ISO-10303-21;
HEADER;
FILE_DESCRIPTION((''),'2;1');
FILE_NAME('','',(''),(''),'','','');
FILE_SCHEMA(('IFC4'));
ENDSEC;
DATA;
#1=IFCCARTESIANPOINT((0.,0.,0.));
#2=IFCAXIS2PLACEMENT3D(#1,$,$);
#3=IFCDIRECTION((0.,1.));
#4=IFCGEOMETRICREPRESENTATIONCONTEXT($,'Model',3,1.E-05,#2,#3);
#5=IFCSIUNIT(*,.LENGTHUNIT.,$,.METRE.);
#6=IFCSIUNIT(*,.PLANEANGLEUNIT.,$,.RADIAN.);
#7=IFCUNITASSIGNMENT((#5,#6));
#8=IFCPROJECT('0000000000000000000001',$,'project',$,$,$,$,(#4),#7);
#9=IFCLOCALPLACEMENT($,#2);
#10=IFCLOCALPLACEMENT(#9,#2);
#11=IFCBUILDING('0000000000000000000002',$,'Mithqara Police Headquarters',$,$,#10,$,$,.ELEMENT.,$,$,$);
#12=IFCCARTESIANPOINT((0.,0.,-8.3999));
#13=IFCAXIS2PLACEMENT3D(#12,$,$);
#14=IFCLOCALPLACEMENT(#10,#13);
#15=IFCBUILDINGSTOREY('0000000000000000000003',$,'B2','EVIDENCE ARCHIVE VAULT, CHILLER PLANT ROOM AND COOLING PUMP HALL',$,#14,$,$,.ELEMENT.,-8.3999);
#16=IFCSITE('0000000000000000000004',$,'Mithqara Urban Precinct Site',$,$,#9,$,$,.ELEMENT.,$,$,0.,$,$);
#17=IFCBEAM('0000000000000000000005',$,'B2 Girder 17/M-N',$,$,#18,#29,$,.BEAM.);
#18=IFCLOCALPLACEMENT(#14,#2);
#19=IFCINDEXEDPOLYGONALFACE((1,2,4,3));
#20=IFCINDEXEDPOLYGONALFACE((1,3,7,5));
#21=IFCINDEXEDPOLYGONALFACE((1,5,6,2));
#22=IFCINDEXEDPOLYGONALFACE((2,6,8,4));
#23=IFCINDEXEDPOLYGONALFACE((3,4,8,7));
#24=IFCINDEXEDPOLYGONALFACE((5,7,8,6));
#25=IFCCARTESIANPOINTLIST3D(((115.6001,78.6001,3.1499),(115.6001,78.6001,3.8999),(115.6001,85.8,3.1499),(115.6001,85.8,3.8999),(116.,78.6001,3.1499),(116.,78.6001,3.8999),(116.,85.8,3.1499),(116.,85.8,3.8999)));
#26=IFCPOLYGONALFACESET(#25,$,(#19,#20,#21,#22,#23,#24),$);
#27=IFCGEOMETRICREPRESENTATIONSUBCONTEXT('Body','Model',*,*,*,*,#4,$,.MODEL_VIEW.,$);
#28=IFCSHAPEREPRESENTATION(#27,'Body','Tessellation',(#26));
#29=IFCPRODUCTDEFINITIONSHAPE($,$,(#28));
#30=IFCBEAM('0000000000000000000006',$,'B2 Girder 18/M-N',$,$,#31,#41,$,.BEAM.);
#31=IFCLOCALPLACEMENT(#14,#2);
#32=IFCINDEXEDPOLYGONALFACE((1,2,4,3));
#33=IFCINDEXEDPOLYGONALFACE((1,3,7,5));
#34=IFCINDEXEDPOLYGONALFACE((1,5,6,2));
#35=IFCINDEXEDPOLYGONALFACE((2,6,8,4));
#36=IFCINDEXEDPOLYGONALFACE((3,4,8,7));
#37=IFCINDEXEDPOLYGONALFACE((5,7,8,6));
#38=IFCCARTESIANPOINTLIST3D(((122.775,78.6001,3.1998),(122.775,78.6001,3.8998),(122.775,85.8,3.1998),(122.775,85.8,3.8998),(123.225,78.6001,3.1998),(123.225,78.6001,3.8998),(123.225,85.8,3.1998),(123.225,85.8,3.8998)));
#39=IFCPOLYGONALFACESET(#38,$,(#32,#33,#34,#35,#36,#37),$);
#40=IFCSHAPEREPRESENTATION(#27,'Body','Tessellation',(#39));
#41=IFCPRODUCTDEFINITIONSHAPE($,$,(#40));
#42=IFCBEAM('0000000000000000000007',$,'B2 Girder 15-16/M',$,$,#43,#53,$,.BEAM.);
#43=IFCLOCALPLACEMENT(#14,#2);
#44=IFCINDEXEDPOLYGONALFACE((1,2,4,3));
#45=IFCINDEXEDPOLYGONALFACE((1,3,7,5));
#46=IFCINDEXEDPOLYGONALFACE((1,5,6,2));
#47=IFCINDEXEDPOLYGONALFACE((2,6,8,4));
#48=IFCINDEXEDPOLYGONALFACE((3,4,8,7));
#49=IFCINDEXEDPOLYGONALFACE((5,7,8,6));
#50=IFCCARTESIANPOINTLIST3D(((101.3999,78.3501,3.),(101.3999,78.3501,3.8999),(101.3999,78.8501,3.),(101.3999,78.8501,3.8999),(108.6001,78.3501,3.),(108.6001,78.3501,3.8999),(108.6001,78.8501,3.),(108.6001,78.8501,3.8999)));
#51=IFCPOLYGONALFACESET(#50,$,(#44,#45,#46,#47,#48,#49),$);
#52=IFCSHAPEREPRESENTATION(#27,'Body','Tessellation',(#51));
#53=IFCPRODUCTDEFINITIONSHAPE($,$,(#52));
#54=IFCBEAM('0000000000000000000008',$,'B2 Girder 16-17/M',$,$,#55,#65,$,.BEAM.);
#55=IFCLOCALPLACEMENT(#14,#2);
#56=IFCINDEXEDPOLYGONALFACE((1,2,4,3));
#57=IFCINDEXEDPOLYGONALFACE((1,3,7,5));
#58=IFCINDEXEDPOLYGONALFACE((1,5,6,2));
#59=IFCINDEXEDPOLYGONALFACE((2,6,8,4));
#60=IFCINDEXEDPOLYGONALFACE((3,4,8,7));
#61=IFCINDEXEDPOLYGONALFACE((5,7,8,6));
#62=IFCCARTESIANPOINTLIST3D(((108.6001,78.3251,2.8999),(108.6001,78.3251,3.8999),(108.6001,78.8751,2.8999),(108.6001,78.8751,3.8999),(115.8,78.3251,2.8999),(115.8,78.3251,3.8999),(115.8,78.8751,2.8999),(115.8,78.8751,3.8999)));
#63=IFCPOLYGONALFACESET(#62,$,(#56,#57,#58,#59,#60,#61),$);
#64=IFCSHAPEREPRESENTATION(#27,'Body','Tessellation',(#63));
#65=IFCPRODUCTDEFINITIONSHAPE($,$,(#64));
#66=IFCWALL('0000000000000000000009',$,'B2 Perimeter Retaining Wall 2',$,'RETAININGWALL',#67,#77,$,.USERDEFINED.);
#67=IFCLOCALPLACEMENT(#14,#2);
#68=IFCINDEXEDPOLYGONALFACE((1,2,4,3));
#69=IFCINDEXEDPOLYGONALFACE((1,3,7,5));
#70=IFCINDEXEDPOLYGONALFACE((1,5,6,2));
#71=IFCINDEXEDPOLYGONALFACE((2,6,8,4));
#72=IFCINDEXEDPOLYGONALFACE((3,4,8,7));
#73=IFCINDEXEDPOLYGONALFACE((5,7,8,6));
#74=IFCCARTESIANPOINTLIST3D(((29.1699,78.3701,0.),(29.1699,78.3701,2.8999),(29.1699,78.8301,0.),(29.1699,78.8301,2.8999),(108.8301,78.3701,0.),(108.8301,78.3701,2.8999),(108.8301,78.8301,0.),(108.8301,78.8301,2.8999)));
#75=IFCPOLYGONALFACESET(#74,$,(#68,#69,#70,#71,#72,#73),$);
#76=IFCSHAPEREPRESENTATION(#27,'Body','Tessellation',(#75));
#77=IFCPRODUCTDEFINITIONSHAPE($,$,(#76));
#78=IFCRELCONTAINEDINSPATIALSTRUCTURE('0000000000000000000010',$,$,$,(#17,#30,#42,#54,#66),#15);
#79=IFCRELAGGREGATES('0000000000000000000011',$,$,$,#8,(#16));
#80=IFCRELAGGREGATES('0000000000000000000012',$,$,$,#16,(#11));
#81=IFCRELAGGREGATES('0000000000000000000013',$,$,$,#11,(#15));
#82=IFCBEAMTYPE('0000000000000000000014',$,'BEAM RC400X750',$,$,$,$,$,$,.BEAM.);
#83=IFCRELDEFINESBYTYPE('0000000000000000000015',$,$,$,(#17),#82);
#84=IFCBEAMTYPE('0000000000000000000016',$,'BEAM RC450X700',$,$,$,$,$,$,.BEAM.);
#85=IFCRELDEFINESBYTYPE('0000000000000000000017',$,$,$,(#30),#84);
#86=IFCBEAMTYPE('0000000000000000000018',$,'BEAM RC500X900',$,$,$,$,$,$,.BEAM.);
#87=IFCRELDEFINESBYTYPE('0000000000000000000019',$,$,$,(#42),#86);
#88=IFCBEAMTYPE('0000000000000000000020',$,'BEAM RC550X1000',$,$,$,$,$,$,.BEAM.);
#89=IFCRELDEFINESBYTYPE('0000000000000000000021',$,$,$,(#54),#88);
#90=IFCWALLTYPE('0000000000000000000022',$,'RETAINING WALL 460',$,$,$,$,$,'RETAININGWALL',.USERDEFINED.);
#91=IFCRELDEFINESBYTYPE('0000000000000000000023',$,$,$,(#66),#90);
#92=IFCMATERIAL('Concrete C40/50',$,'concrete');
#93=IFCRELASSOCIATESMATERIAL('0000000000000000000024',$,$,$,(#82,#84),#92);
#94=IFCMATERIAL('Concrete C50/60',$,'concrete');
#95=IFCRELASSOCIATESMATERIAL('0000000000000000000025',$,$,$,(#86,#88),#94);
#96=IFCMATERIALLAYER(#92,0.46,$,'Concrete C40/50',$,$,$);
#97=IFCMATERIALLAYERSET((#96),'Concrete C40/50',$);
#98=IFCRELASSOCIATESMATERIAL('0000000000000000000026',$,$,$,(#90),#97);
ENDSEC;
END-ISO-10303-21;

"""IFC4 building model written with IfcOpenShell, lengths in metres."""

from ifc_helpers import new_model, si_unit, direction, frame, frame_2d, origin, origin_2d, place, context, subcontext, project, spatial, rectangle, extrude, material, layer, layer_set, material_profile, profile_set, type_object, element, save


model = new_model("IFC4")

# Units and contexts
model_context = context("Model", 3, precision=1e-05, world=origin(), true_north=direction((0.0, 1.0)))
body_context = subcontext(model_context, "Body", "Model", "MODEL_VIEW")
ifc_project = project(units=[si_unit("LENGTHUNIT", "METRE"), si_unit("PLANEANGLEUNIT", "RADIAN")], contexts=[model_context])

# Site, building, storey
site_placement = place(None, origin())
site = spatial("IfcSite", under=ifc_project, at=site_placement, Name="Mithqara Urban Precinct Site", CompositionType="ELEMENT", RefElevation=0.0)
building_placement = place(site_placement, origin())
building = spatial("IfcBuilding", under=site, at=building_placement, Name="Mithqara Police Headquarters", CompositionType="ELEMENT")
storey_placement = place(building_placement, frame((0.0, 0.0, -8.3999)))
storey = spatial("IfcBuildingStorey", under=building, at=storey_placement, Name="B2", Description="EVIDENCE ARCHIVE VAULT, CHILLER PLANT ROOM AND COOLING PUMP HALL", CompositionType="ELEMENT", Elevation=-8.3999)

# Shared definitions
ifc_material_1 = material(Name="Concrete C40/50", Category="concrete")

# Shared definitions
ifc_material_2 = material(Name="Concrete C50/60", Category="concrete")

# Beams
ifc_material_profile_1 = material_profile(ifc_material_1, rectangle(XDim=0.3999, YDim=0.75, at=origin_2d()), Name="RC 400x750")
ifc_profile_set_1 = profile_set([ifc_material_profile_1], Name="Concrete C40/50")
beam_type_1 = type_object("IfcBeamType", Name="BEAM RC400X750", PredefinedType="BEAM", material=ifc_profile_set_1)
beam_1_placement = place(storey_placement, frame((115.8, 78.6001, 3.5249), z_axis=(0.0, 1.0, 0.0), x_axis=(-1.0, 0.0, 0.0)))
element("IfcBeam", 1, at=beam_1_placement, inside=storey, type_object=beam_type_1, Name="B2 Girder 17/M-N", PredefinedType="BEAM", context=body_context, shape_type="SweptSolid", body=[
    extrude(rectangle(XDim=0.3999, YDim=0.75, at=origin_2d()), origin(), (0.0, 0.0, 1.0), 7.2),
])
ifc_material_profile_2 = material_profile(ifc_material_1, rectangle(XDim=0.45, YDim=0.7, at=origin_2d()), Name="RC 450x700")
ifc_profile_set_2 = profile_set([ifc_material_profile_2], Name="Concrete C40/50")
beam_type_2 = type_object("IfcBeamType", Name="BEAM RC450X700", PredefinedType="BEAM", material=ifc_profile_set_2)
beam_2_placement = place(storey_placement, frame((123.0, 78.6001, 3.5498), z_axis=(0.0, 1.0, 0.0), x_axis=(-1.0, 0.0, 0.0)))
element("IfcBeam", 2, at=beam_2_placement, inside=storey, type_object=beam_type_2, Name="B2 Girder 18/M-N", PredefinedType="BEAM", context=body_context, shape_type="SweptSolid", body=[
    extrude(rectangle(XDim=0.45, YDim=0.7, at=origin_2d()), origin(), (0.0, 0.0, 1.0), 7.2),
])
ifc_material_profile_3 = material_profile(ifc_material_2, rectangle(XDim=0.5, YDim=0.8999, at=origin_2d()), Name="RC 500x900")
ifc_profile_set_3 = profile_set([ifc_material_profile_3], Name="Concrete C50/60")
beam_type_3 = type_object("IfcBeamType", Name="BEAM RC500X900", PredefinedType="BEAM", material=ifc_profile_set_3)
beam_3_placement = place(storey_placement, frame((101.3999, 78.6001, 3.45), z_axis=(1.0, 0.0, 0.0), x_axis=(0.0, 1.0, 0.0)))
element("IfcBeam", 3, at=beam_3_placement, inside=storey, type_object=beam_type_3, Name="B2 Girder 15-16/M", PredefinedType="BEAM", context=body_context, shape_type="SweptSolid", body=[
    extrude(rectangle(XDim=0.5, YDim=0.8999, at=origin_2d()), origin(), (0.0, 0.0, 1.0), 7.2002),
])
ifc_material_profile_4 = material_profile(ifc_material_2, rectangle(XDim=0.55, YDim=1.0, at=origin_2d()), Name="RC 550x1000")
ifc_profile_set_4 = profile_set([ifc_material_profile_4], Name="Concrete C50/60")
beam_type_4 = type_object("IfcBeamType", Name="BEAM RC550X1000", PredefinedType="BEAM", material=ifc_profile_set_4)
beam_4_placement = place(storey_placement, frame((108.6001, 78.6001, 3.3999), z_axis=(1.0, 0.0, 0.0), x_axis=(0.0, 1.0, 0.0)))
element("IfcBeam", 4, at=beam_4_placement, inside=storey, type_object=beam_type_4, Name="B2 Girder 16-17/M", PredefinedType="BEAM", context=body_context, shape_type="SweptSolid", body=[
    extrude(rectangle(XDim=0.55, YDim=1.0, at=origin_2d()), origin(), (0.0, 0.0, 1.0), 7.2),
])

# Wall
ifc_layer = layer(ifc_material_1, 0.46, Name="Concrete C40/50")
ifc_layer_set = layer_set([ifc_layer], Name="Concrete C40/50")
wall_type = type_object("IfcWallType", Name="RETAINING WALL 460", ElementType="RETAININGWALL", PredefinedType="USERDEFINED", material=ifc_layer_set)
wall_placement = place(storey_placement, frame((108.8301, 78.6001, 0.0), z_axis=(0.0, 0.0, 1.0), x_axis=(-1.0, 0.0, 0.0)))
element("IfcWall", 5, at=wall_placement, inside=storey, type_object=wall_type, Name="B2 Perimeter Retaining Wall 2", ObjectType="RETAININGWALL", PredefinedType="USERDEFINED", context=body_context, shape_type="SweptSolid", body=[
    extrude(rectangle(XDim=79.6602, YDim=0.46, at=frame_2d((39.8301, 0.0))), origin(), (0.0, 0.0, 1.0), 2.8999),
])

save(model, "model.ifc")
